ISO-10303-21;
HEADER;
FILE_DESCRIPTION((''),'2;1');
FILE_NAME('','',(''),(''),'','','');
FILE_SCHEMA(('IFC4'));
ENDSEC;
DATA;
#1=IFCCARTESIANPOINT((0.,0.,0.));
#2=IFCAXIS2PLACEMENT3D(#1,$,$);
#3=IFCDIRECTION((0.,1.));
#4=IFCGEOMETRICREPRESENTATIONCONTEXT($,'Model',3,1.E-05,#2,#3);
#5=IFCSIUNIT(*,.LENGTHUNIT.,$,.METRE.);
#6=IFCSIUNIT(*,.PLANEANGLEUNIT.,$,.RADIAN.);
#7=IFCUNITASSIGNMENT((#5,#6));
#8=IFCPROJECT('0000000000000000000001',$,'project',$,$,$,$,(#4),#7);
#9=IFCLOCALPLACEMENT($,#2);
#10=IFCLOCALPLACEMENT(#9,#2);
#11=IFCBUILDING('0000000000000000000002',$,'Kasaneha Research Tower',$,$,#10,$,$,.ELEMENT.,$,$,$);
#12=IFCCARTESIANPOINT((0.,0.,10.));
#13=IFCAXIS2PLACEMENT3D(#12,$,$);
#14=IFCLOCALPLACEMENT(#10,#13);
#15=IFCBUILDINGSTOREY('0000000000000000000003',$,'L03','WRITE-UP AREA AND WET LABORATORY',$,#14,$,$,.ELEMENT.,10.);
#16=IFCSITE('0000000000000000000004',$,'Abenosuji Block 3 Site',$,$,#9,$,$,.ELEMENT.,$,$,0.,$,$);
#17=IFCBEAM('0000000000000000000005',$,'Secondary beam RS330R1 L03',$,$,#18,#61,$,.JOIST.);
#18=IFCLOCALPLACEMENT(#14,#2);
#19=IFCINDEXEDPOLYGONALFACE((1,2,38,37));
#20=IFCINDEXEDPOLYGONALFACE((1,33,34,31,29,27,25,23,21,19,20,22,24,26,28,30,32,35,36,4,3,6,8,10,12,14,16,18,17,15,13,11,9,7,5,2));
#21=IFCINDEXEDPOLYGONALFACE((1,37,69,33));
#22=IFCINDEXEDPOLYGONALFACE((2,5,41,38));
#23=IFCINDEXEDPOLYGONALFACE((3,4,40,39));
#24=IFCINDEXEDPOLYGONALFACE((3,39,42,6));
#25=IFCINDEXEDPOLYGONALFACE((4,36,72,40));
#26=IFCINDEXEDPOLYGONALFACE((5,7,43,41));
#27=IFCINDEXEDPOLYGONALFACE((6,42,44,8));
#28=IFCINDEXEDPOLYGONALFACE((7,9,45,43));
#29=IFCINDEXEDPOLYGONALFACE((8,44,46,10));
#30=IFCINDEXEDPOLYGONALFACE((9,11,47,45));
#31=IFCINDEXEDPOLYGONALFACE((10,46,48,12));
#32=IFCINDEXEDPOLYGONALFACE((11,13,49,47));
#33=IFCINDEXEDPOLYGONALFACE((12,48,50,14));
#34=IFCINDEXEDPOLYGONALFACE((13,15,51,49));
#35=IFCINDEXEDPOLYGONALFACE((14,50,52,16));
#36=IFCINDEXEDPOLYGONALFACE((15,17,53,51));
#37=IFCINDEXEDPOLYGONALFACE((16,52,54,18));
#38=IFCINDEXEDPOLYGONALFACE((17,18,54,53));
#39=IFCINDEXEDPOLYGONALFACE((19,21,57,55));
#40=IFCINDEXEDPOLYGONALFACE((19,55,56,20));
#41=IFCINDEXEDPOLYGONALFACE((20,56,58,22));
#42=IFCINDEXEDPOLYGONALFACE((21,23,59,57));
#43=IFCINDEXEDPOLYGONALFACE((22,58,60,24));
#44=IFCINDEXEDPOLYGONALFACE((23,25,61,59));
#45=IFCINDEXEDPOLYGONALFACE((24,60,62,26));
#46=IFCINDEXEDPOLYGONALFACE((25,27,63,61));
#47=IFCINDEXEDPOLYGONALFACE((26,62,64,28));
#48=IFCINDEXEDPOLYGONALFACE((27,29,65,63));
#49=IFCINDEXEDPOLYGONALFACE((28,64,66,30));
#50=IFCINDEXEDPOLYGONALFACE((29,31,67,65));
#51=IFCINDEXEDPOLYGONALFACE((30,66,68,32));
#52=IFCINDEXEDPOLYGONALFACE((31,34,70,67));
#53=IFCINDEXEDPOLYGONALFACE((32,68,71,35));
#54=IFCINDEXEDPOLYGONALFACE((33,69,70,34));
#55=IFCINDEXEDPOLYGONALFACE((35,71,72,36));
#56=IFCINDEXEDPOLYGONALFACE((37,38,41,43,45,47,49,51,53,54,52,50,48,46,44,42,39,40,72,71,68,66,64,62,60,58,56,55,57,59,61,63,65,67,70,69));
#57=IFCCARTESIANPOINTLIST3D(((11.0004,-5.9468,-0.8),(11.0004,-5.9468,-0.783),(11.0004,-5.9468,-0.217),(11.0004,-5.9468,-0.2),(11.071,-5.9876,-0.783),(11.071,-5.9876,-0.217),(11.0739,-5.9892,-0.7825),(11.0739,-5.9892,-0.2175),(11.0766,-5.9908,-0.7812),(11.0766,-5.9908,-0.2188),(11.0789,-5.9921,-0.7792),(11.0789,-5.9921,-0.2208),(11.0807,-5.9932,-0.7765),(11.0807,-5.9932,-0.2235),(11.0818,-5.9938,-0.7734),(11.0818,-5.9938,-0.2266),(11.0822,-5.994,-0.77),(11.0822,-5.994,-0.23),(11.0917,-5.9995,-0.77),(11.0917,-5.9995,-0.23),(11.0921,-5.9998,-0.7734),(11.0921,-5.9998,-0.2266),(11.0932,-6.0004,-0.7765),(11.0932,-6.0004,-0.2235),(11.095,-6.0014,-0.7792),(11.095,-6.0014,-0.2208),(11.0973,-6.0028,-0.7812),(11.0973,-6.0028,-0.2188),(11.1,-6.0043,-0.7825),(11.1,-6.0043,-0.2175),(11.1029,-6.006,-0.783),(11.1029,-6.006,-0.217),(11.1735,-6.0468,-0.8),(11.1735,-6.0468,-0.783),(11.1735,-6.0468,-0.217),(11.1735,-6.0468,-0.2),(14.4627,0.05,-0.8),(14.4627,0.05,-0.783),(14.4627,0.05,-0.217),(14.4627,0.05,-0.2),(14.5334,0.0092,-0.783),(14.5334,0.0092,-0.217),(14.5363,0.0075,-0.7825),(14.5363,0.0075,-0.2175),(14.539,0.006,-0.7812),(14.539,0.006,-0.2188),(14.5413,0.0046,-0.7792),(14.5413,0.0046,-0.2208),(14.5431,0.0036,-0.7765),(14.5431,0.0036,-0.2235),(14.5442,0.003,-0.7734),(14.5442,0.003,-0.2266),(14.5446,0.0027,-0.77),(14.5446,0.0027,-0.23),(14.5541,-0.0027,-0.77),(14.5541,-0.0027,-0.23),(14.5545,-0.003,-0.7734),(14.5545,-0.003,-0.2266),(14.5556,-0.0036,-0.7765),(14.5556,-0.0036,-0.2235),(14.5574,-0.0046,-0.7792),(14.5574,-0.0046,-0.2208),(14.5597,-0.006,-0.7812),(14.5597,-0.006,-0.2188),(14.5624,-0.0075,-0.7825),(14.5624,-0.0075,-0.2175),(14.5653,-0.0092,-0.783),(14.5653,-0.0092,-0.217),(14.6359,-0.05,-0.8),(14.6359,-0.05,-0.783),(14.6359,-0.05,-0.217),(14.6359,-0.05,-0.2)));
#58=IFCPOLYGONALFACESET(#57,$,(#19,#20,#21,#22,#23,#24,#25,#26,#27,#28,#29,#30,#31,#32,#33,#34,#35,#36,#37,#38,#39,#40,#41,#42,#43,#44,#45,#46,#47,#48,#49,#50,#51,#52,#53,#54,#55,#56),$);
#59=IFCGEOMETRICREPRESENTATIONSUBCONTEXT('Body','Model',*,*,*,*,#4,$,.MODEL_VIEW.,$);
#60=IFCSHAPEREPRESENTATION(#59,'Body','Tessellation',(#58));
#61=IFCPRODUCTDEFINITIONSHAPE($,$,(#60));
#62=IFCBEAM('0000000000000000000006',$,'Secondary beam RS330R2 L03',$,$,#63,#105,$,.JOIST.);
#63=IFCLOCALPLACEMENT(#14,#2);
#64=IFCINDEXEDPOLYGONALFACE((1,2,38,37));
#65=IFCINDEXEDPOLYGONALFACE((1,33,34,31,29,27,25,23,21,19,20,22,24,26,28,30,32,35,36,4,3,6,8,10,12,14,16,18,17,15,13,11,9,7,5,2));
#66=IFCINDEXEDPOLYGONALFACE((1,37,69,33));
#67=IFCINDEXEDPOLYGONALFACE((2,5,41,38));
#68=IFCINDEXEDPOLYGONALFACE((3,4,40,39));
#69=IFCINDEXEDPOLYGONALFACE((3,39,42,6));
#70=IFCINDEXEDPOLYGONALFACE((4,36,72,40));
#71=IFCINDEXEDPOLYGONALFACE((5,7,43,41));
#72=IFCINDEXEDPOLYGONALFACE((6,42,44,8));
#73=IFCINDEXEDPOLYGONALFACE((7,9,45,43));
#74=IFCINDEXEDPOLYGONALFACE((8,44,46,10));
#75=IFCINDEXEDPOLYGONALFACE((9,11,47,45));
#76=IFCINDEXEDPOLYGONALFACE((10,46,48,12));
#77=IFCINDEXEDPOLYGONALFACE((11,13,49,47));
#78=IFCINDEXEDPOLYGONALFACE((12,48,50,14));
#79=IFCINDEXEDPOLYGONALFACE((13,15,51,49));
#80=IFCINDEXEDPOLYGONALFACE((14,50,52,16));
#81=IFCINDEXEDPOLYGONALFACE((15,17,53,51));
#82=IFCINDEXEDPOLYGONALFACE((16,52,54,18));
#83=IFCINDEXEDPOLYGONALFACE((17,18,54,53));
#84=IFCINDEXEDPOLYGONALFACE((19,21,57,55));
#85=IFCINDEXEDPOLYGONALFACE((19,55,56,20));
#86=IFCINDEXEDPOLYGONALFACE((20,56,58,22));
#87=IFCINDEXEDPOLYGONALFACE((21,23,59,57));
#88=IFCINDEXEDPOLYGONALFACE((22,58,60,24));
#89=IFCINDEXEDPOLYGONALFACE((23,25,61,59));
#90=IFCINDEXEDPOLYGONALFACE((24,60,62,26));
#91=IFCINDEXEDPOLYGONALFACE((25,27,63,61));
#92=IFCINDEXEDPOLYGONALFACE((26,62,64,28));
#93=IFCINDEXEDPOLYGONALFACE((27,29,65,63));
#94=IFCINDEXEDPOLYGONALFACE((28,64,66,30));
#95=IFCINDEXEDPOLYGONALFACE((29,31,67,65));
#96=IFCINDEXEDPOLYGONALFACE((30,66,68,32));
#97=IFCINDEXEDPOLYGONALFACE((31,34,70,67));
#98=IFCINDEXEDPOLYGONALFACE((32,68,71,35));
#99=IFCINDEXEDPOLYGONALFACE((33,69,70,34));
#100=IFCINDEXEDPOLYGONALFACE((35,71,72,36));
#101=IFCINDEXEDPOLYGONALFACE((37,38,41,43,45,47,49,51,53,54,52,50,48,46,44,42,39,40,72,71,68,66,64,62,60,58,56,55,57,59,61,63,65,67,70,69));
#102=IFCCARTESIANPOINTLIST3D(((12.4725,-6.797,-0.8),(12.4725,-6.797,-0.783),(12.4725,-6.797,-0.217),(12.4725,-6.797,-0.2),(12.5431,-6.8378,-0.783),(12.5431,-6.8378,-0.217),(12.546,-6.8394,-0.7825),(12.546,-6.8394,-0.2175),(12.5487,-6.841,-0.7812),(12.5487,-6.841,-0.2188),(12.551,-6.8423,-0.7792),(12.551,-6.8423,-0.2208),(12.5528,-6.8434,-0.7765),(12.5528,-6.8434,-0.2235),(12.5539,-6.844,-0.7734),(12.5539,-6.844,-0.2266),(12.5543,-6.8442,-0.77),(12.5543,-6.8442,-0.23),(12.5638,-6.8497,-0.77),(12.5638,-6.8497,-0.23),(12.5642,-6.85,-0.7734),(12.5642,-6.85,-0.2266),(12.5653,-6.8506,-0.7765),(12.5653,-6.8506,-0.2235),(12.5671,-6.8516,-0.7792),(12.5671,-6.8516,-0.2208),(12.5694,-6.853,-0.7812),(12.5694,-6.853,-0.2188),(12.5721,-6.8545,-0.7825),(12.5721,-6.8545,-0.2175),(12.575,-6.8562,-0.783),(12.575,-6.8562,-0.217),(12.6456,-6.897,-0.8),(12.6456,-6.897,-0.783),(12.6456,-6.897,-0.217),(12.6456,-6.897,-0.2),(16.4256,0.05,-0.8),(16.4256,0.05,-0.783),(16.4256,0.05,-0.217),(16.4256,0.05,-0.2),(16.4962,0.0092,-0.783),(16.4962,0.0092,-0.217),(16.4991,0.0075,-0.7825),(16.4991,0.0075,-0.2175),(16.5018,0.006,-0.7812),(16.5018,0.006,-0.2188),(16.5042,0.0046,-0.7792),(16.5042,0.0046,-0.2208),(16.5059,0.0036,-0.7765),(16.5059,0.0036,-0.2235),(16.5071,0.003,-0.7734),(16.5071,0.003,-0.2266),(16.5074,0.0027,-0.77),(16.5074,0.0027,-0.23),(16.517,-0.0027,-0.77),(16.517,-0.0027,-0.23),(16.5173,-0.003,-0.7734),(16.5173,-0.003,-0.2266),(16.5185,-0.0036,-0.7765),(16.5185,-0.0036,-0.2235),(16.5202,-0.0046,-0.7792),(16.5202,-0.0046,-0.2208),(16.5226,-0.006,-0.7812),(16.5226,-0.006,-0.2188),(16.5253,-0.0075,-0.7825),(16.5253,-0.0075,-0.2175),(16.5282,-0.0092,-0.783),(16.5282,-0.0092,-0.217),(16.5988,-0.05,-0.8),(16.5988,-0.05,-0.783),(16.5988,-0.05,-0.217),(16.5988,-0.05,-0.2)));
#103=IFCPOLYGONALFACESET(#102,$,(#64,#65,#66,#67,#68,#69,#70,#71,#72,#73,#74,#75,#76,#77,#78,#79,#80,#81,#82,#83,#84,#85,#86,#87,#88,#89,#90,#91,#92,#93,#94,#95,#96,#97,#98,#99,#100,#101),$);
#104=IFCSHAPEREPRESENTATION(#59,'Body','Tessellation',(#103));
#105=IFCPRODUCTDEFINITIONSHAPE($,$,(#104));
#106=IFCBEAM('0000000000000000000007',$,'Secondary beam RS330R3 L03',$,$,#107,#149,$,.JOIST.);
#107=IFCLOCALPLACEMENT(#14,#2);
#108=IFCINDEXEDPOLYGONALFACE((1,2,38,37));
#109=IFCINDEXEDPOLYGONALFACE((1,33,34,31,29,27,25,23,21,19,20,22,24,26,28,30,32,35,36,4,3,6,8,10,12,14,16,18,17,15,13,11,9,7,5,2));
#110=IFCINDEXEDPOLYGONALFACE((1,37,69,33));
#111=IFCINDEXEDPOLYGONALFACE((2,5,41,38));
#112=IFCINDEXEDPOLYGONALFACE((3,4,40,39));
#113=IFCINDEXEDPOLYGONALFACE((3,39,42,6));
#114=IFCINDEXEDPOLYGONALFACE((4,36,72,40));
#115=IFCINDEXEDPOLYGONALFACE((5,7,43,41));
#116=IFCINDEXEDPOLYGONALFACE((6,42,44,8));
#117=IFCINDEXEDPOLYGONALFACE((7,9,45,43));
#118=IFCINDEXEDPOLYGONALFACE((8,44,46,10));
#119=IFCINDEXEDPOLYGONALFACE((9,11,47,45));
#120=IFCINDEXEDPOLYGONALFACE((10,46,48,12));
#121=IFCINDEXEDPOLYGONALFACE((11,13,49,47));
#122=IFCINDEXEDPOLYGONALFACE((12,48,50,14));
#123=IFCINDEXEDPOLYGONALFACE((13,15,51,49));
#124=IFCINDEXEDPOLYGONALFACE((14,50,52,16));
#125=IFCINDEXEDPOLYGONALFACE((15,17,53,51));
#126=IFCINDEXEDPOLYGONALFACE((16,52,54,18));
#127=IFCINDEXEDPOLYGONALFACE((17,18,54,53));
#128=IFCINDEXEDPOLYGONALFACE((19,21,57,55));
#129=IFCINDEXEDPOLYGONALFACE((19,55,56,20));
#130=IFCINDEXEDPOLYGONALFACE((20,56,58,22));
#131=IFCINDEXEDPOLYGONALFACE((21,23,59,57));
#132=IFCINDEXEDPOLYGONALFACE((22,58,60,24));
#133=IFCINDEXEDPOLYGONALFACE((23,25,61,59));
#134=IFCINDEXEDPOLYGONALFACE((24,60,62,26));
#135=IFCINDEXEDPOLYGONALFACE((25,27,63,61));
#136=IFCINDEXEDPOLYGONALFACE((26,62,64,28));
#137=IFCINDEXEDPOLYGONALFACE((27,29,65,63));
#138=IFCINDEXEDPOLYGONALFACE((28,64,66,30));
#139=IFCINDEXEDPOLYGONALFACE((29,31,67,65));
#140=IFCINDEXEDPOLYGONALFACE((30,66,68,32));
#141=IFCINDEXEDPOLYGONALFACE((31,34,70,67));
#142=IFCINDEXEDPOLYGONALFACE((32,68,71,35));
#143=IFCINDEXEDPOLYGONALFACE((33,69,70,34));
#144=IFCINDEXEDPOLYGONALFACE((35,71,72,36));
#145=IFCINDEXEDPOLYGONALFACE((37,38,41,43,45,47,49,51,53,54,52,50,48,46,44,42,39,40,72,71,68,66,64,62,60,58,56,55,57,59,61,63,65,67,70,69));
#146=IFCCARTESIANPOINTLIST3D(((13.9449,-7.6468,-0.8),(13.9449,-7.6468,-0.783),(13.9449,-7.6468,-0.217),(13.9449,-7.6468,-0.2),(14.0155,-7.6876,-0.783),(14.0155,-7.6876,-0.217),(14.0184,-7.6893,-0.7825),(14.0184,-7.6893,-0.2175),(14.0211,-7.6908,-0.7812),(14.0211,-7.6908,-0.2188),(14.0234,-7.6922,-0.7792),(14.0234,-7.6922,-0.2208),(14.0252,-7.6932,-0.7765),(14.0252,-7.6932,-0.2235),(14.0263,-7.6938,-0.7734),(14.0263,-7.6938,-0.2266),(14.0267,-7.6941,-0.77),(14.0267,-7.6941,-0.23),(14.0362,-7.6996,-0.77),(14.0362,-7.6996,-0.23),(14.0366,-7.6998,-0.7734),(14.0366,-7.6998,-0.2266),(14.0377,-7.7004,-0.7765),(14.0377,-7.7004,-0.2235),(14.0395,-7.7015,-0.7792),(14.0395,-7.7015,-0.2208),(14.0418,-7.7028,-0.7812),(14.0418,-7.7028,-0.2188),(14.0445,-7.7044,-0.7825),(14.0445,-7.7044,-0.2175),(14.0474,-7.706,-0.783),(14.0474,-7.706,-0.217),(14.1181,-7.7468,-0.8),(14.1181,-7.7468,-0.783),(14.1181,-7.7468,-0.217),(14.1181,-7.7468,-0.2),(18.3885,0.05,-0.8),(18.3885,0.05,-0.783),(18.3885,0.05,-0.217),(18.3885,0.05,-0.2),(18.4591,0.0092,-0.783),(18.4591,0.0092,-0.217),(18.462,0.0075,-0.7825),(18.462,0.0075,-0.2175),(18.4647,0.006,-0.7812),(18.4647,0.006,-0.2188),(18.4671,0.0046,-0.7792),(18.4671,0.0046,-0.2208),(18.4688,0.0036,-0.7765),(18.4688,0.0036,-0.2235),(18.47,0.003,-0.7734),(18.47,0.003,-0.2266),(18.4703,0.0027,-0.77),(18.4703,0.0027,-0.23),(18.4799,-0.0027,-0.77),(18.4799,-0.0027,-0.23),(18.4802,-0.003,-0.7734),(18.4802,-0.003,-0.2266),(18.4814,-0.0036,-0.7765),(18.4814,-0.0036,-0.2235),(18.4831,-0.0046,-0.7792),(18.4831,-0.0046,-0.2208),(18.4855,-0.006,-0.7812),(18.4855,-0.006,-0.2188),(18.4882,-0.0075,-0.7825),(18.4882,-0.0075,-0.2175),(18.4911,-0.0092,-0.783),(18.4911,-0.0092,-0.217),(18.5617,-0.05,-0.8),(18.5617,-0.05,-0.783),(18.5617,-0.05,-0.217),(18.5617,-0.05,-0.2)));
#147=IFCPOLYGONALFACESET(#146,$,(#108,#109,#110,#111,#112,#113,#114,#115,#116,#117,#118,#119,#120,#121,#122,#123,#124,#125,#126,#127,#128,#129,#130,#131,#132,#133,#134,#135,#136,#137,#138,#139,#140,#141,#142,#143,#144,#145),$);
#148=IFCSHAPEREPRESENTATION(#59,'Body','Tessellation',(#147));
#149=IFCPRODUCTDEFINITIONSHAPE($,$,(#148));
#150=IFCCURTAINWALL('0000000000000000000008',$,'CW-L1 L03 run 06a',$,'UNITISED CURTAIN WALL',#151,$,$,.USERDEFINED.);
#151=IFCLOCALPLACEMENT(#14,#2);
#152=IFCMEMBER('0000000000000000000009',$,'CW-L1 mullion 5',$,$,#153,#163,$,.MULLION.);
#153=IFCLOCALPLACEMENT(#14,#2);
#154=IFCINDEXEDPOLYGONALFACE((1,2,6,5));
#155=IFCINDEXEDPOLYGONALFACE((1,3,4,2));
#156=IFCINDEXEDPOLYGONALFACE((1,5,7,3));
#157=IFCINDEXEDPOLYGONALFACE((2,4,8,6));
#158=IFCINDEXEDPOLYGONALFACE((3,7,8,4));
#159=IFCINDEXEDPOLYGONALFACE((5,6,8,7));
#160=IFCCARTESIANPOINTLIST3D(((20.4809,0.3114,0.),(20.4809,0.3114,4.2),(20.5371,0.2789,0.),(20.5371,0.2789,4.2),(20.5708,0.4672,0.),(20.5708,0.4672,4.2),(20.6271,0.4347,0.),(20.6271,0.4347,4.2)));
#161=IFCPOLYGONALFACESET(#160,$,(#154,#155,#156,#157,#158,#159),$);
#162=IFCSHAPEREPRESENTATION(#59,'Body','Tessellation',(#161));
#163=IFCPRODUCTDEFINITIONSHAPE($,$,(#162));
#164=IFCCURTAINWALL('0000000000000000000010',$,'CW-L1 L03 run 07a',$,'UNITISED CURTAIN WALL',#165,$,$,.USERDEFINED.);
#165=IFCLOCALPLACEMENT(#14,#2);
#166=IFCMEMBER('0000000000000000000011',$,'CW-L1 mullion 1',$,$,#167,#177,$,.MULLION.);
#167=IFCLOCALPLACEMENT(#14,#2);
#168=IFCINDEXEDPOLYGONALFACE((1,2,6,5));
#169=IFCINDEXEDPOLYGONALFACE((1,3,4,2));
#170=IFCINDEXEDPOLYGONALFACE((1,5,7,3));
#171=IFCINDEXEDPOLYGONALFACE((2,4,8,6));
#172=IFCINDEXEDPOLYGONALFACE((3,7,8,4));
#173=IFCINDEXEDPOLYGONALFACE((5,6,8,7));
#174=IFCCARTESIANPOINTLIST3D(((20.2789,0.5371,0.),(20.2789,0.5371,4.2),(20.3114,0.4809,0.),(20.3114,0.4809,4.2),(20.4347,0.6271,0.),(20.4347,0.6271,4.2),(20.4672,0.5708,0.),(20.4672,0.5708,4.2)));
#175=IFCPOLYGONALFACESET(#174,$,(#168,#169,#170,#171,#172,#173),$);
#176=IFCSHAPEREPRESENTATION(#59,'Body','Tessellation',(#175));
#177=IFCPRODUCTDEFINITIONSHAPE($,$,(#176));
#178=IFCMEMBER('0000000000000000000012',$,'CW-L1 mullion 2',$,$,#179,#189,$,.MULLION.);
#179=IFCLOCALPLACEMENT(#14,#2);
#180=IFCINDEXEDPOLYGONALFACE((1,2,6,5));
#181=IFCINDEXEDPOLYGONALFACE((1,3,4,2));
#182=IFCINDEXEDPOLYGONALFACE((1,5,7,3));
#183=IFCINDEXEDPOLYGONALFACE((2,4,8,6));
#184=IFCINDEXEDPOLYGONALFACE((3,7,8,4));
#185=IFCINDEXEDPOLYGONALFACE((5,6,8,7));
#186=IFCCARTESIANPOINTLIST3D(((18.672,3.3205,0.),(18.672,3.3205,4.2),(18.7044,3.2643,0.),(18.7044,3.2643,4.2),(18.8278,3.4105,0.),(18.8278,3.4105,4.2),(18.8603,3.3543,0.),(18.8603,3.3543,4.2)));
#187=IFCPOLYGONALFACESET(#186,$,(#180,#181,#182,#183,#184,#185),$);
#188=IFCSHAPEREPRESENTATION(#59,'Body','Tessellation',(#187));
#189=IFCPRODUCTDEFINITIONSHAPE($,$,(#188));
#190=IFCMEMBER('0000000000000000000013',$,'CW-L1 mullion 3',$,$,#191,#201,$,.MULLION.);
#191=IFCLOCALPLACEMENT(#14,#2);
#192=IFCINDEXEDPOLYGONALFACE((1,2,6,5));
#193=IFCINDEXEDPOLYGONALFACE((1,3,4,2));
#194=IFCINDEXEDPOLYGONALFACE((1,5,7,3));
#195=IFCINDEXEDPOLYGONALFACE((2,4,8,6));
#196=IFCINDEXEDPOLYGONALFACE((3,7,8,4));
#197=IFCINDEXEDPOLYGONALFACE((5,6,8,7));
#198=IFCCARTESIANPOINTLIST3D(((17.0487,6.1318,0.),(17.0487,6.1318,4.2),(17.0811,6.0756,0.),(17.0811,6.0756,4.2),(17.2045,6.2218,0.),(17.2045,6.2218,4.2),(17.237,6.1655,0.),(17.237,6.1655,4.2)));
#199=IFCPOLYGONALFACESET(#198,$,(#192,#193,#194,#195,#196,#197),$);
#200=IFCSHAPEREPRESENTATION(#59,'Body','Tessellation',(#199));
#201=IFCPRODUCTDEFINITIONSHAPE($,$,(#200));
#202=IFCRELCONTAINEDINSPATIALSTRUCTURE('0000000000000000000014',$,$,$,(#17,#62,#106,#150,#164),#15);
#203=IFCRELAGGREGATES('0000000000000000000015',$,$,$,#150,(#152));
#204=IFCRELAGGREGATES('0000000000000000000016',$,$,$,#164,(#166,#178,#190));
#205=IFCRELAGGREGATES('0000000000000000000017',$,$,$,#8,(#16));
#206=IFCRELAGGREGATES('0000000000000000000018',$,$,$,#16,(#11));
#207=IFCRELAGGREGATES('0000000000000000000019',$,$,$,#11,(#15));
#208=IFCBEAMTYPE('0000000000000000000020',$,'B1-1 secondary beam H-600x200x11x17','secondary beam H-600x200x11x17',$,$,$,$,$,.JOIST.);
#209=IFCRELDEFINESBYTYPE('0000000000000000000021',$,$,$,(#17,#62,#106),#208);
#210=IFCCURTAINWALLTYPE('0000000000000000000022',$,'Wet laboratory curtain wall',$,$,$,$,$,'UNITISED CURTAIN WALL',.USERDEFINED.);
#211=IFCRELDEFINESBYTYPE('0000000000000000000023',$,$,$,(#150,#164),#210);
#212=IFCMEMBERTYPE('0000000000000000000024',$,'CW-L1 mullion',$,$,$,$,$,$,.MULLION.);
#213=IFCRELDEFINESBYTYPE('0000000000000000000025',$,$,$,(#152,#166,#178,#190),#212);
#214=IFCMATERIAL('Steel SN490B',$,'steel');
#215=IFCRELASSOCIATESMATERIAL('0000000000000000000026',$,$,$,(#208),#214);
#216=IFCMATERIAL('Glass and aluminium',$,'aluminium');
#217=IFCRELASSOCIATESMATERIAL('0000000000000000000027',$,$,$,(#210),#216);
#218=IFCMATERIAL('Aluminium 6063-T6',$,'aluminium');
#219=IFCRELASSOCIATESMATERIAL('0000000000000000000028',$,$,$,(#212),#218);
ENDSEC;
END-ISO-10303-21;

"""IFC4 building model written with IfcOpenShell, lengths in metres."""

from ifc_helpers import new_model, si_unit, direction, frame, origin, origin_2d, place, context, subcontext, project, spatial, rectangle, i_section, extrude, material, material_profile, profile_set, type_object, element, aggregate, save


model = new_model("IFC4")

# Units and contexts
model_context = context("Model", 3, precision=1e-05, world=origin(), true_north=direction((0.0, 1.0)))
body_context = subcontext(model_context, "Body", "Model", "MODEL_VIEW")
ifc_project = project(units=[si_unit("LENGTHUNIT", "METRE"), si_unit("PLANEANGLEUNIT", "RADIAN")], contexts=[model_context])

# Site, building, storey
site_placement = place(None, origin())
site = spatial("IfcSite", under=ifc_project, at=site_placement, Name="Abenosuji Block 3 Site", CompositionType="ELEMENT", RefElevation=0.0)
building_placement = place(site_placement, origin())
building = spatial("IfcBuilding", under=site, at=building_placement, Name="Kasaneha Research Tower", CompositionType="ELEMENT")
storey_placement = place(building_placement, frame((0.0, 0.0, 10.0)))
storey = spatial("IfcBuildingStorey", under=building, at=storey_placement, Name="L03", Description="WRITE-UP AREA AND WET LABORATORY", CompositionType="ELEMENT", Elevation=10.0)

# Beams
ifc_material_1 = material(Name="Steel SN490B", Category="steel")
ifc_material_profile_1 = material_profile(ifc_material_1, i_section(OverallWidth=0.2, OverallDepth=0.6001, WebThickness=0.011, FlangeThickness=0.0171, FilletRadius=0.0129, at=origin_2d()), Name="H-600x200x11x17")
ifc_profile_set_1 = profile_set([ifc_material_profile_1], Name="Steel SN490B")
beam_type_1 = type_object("IfcBeamType", Name="B1-1 secondary beam H-600x200x11x17", Description="secondary beam H-600x200x11x17", PredefinedType="JOIST", material=ifc_profile_set_1)
beam_1_placement = place(storey_placement, frame((14.5493, 0.0, -0.5), z_axis=(-0.500014, -0.866017, 0.0), x_axis=(0.866017, -0.500014, 0.0)))
element("IfcBeam", 1, at=beam_1_placement, inside=storey, type_object=beam_type_1, Name="Secondary beam RS330R1 L03", PredefinedType="JOIST", context=body_context, shape_type="SweptSolid", body=[
    extrude(i_section(OverallWidth=0.2, OverallDepth=0.6001, WebThickness=0.011, FlangeThickness=0.0171, FilletRadius=0.0129, at=origin_2d()), origin(), (0.0, 0.0, 1.0), 6.9246),
])
beam_2_placement = place(storey_placement, frame((16.5122, 0.0, -0.5), z_axis=(-0.500005, -0.866023, 0.0), x_axis=(0.866023, -0.500005, 0.0)))
element("IfcBeam", 2, at=beam_2_placement, inside=storey, type_object=beam_type_1, Name="Secondary beam RS330R2 L03", PredefinedType="JOIST", context=body_context, shape_type="SweptSolid", body=[
    extrude(i_section(OverallWidth=0.2, OverallDepth=0.6001, WebThickness=0.011, FlangeThickness=0.0171, FilletRadius=0.0129, at=origin_2d()), origin(), (0.0, 0.0, 1.0), 7.9062),
])
beam_3_placement = place(storey_placement, frame((18.4751, 0.0, -0.5), z_axis=(-0.499989, -0.866032, 0.0), x_axis=(0.866032, -0.499989, 0.0)))
element("IfcBeam", 3, at=beam_3_placement, inside=storey, type_object=beam_type_1, Name="Secondary beam RS330R3 L03", PredefinedType="JOIST", context=body_context, shape_type="SweptSolid", body=[
    extrude(i_section(OverallWidth=0.2, OverallDepth=0.6001, WebThickness=0.011, FlangeThickness=0.0171, FilletRadius=0.0129, at=origin_2d()), origin(), (0.0, 0.0, 1.0), 8.8875),
])

# Curtain wall, member
ifc_material_2 = material(Name="Glass and aluminium", Category="aluminium")
curtain_wall_type = type_object("IfcCurtainWallType", Name="Wet laboratory curtain wall", ElementType="UNITISED CURTAIN WALL", PredefinedType="USERDEFINED", material=ifc_material_2)
curtain_wall_1_placement = place(storey_placement, origin())
curtain_wall_1 = element("IfcCurtainWall", 4, at=curtain_wall_1_placement, inside=storey, type_object=curtain_wall_type, Name="CW-L1 L03 run 06a", ObjectType="UNITISED CURTAIN WALL", PredefinedType="USERDEFINED")
ifc_material_3 = material(Name="Aluminium 6063-T6", Category="aluminium")
ifc_material_profile_2 = material_profile(ifc_material_3, rectangle(XDim=0.0649, YDim=0.1799, at=origin_2d()), Name="CW-L1 mullion 65x180")
ifc_profile_set_2 = profile_set([ifc_material_profile_2], Name="Aluminium 6063-T6")
member_type_1 = type_object("IfcMemberType", Name="CW-L1 mullion", PredefinedType="MULLION", material=ifc_profile_set_2)
member_1_placement = place(storey_placement, frame((20.554, 0.373, 0.0), z_axis=(0.0, 0.0, 1.0), x_axis=(-0.866025, 0.5, 0.0)))
member_1 = element("IfcMember", 5, at=member_1_placement, type_object=member_type_1, Name="CW-L1 mullion 5", PredefinedType="MULLION", context=body_context, shape_type="SweptSolid", body=[
    extrude(rectangle(XDim=0.0649, YDim=0.1799, at=origin_2d()), origin(), (0.0, 0.0, 1.0), 4.2),
])
aggregate(curtain_wall_1, [member_1])

# Curtain wall, members
curtain_wall_2_placement = place(storey_placement, origin())
curtain_wall_2 = element("IfcCurtainWall", 6, at=curtain_wall_2_placement, inside=storey, type_object=curtain_wall_type, Name="CW-L1 L03 run 07a", ObjectType="UNITISED CURTAIN WALL", PredefinedType="USERDEFINED")
member_2_placement = place(storey_placement, frame((20.373, 0.554, 0.0), z_axis=(0.0, 0.0, 1.0), x_axis=(-0.5, 0.866025, 0.0)))
member_2 = element("IfcMember", 7, at=member_2_placement, type_object=member_type_1, Name="CW-L1 mullion 1", PredefinedType="MULLION", context=body_context, shape_type="SweptSolid", body=[
    extrude(rectangle(XDim=0.0649, YDim=0.1799, at=origin_2d()), origin(), (0.0, 0.0, 1.0), 4.2),
])
member_3_placement = place(storey_placement, frame((18.7661, 3.3374, 0.0), z_axis=(0.0, 0.0, 1.0), x_axis=(-0.5, 0.866025, 0.0)))
member_3 = element("IfcMember", 8, at=member_3_placement, type_object=member_type_1, Name="CW-L1 mullion 2", PredefinedType="MULLION", context=body_context, shape_type="SweptSolid", body=[
    extrude(rectangle(XDim=0.0649, YDim=0.1799, at=origin_2d()), origin(), (0.0, 0.0, 1.0), 4.2),
])
member_4_placement = place(storey_placement, frame((17.1428, 6.1487, 0.0), z_axis=(0.0, 0.0, 1.0), x_axis=(-0.5, 0.866025, 0.0)))
member_4 = element("IfcMember", 9, at=member_4_placement, type_object=member_type_1, Name="CW-L1 mullion 3", PredefinedType="MULLION", context=body_context, shape_type="SweptSolid", body=[
    extrude(rectangle(XDim=0.0649, YDim=0.1799, at=origin_2d()), origin(), (0.0, 0.0, 1.0), 4.2),
])

aggregate(curtain_wall_2, [member_2, member_3, member_4])

save(model, "model.ifc")
